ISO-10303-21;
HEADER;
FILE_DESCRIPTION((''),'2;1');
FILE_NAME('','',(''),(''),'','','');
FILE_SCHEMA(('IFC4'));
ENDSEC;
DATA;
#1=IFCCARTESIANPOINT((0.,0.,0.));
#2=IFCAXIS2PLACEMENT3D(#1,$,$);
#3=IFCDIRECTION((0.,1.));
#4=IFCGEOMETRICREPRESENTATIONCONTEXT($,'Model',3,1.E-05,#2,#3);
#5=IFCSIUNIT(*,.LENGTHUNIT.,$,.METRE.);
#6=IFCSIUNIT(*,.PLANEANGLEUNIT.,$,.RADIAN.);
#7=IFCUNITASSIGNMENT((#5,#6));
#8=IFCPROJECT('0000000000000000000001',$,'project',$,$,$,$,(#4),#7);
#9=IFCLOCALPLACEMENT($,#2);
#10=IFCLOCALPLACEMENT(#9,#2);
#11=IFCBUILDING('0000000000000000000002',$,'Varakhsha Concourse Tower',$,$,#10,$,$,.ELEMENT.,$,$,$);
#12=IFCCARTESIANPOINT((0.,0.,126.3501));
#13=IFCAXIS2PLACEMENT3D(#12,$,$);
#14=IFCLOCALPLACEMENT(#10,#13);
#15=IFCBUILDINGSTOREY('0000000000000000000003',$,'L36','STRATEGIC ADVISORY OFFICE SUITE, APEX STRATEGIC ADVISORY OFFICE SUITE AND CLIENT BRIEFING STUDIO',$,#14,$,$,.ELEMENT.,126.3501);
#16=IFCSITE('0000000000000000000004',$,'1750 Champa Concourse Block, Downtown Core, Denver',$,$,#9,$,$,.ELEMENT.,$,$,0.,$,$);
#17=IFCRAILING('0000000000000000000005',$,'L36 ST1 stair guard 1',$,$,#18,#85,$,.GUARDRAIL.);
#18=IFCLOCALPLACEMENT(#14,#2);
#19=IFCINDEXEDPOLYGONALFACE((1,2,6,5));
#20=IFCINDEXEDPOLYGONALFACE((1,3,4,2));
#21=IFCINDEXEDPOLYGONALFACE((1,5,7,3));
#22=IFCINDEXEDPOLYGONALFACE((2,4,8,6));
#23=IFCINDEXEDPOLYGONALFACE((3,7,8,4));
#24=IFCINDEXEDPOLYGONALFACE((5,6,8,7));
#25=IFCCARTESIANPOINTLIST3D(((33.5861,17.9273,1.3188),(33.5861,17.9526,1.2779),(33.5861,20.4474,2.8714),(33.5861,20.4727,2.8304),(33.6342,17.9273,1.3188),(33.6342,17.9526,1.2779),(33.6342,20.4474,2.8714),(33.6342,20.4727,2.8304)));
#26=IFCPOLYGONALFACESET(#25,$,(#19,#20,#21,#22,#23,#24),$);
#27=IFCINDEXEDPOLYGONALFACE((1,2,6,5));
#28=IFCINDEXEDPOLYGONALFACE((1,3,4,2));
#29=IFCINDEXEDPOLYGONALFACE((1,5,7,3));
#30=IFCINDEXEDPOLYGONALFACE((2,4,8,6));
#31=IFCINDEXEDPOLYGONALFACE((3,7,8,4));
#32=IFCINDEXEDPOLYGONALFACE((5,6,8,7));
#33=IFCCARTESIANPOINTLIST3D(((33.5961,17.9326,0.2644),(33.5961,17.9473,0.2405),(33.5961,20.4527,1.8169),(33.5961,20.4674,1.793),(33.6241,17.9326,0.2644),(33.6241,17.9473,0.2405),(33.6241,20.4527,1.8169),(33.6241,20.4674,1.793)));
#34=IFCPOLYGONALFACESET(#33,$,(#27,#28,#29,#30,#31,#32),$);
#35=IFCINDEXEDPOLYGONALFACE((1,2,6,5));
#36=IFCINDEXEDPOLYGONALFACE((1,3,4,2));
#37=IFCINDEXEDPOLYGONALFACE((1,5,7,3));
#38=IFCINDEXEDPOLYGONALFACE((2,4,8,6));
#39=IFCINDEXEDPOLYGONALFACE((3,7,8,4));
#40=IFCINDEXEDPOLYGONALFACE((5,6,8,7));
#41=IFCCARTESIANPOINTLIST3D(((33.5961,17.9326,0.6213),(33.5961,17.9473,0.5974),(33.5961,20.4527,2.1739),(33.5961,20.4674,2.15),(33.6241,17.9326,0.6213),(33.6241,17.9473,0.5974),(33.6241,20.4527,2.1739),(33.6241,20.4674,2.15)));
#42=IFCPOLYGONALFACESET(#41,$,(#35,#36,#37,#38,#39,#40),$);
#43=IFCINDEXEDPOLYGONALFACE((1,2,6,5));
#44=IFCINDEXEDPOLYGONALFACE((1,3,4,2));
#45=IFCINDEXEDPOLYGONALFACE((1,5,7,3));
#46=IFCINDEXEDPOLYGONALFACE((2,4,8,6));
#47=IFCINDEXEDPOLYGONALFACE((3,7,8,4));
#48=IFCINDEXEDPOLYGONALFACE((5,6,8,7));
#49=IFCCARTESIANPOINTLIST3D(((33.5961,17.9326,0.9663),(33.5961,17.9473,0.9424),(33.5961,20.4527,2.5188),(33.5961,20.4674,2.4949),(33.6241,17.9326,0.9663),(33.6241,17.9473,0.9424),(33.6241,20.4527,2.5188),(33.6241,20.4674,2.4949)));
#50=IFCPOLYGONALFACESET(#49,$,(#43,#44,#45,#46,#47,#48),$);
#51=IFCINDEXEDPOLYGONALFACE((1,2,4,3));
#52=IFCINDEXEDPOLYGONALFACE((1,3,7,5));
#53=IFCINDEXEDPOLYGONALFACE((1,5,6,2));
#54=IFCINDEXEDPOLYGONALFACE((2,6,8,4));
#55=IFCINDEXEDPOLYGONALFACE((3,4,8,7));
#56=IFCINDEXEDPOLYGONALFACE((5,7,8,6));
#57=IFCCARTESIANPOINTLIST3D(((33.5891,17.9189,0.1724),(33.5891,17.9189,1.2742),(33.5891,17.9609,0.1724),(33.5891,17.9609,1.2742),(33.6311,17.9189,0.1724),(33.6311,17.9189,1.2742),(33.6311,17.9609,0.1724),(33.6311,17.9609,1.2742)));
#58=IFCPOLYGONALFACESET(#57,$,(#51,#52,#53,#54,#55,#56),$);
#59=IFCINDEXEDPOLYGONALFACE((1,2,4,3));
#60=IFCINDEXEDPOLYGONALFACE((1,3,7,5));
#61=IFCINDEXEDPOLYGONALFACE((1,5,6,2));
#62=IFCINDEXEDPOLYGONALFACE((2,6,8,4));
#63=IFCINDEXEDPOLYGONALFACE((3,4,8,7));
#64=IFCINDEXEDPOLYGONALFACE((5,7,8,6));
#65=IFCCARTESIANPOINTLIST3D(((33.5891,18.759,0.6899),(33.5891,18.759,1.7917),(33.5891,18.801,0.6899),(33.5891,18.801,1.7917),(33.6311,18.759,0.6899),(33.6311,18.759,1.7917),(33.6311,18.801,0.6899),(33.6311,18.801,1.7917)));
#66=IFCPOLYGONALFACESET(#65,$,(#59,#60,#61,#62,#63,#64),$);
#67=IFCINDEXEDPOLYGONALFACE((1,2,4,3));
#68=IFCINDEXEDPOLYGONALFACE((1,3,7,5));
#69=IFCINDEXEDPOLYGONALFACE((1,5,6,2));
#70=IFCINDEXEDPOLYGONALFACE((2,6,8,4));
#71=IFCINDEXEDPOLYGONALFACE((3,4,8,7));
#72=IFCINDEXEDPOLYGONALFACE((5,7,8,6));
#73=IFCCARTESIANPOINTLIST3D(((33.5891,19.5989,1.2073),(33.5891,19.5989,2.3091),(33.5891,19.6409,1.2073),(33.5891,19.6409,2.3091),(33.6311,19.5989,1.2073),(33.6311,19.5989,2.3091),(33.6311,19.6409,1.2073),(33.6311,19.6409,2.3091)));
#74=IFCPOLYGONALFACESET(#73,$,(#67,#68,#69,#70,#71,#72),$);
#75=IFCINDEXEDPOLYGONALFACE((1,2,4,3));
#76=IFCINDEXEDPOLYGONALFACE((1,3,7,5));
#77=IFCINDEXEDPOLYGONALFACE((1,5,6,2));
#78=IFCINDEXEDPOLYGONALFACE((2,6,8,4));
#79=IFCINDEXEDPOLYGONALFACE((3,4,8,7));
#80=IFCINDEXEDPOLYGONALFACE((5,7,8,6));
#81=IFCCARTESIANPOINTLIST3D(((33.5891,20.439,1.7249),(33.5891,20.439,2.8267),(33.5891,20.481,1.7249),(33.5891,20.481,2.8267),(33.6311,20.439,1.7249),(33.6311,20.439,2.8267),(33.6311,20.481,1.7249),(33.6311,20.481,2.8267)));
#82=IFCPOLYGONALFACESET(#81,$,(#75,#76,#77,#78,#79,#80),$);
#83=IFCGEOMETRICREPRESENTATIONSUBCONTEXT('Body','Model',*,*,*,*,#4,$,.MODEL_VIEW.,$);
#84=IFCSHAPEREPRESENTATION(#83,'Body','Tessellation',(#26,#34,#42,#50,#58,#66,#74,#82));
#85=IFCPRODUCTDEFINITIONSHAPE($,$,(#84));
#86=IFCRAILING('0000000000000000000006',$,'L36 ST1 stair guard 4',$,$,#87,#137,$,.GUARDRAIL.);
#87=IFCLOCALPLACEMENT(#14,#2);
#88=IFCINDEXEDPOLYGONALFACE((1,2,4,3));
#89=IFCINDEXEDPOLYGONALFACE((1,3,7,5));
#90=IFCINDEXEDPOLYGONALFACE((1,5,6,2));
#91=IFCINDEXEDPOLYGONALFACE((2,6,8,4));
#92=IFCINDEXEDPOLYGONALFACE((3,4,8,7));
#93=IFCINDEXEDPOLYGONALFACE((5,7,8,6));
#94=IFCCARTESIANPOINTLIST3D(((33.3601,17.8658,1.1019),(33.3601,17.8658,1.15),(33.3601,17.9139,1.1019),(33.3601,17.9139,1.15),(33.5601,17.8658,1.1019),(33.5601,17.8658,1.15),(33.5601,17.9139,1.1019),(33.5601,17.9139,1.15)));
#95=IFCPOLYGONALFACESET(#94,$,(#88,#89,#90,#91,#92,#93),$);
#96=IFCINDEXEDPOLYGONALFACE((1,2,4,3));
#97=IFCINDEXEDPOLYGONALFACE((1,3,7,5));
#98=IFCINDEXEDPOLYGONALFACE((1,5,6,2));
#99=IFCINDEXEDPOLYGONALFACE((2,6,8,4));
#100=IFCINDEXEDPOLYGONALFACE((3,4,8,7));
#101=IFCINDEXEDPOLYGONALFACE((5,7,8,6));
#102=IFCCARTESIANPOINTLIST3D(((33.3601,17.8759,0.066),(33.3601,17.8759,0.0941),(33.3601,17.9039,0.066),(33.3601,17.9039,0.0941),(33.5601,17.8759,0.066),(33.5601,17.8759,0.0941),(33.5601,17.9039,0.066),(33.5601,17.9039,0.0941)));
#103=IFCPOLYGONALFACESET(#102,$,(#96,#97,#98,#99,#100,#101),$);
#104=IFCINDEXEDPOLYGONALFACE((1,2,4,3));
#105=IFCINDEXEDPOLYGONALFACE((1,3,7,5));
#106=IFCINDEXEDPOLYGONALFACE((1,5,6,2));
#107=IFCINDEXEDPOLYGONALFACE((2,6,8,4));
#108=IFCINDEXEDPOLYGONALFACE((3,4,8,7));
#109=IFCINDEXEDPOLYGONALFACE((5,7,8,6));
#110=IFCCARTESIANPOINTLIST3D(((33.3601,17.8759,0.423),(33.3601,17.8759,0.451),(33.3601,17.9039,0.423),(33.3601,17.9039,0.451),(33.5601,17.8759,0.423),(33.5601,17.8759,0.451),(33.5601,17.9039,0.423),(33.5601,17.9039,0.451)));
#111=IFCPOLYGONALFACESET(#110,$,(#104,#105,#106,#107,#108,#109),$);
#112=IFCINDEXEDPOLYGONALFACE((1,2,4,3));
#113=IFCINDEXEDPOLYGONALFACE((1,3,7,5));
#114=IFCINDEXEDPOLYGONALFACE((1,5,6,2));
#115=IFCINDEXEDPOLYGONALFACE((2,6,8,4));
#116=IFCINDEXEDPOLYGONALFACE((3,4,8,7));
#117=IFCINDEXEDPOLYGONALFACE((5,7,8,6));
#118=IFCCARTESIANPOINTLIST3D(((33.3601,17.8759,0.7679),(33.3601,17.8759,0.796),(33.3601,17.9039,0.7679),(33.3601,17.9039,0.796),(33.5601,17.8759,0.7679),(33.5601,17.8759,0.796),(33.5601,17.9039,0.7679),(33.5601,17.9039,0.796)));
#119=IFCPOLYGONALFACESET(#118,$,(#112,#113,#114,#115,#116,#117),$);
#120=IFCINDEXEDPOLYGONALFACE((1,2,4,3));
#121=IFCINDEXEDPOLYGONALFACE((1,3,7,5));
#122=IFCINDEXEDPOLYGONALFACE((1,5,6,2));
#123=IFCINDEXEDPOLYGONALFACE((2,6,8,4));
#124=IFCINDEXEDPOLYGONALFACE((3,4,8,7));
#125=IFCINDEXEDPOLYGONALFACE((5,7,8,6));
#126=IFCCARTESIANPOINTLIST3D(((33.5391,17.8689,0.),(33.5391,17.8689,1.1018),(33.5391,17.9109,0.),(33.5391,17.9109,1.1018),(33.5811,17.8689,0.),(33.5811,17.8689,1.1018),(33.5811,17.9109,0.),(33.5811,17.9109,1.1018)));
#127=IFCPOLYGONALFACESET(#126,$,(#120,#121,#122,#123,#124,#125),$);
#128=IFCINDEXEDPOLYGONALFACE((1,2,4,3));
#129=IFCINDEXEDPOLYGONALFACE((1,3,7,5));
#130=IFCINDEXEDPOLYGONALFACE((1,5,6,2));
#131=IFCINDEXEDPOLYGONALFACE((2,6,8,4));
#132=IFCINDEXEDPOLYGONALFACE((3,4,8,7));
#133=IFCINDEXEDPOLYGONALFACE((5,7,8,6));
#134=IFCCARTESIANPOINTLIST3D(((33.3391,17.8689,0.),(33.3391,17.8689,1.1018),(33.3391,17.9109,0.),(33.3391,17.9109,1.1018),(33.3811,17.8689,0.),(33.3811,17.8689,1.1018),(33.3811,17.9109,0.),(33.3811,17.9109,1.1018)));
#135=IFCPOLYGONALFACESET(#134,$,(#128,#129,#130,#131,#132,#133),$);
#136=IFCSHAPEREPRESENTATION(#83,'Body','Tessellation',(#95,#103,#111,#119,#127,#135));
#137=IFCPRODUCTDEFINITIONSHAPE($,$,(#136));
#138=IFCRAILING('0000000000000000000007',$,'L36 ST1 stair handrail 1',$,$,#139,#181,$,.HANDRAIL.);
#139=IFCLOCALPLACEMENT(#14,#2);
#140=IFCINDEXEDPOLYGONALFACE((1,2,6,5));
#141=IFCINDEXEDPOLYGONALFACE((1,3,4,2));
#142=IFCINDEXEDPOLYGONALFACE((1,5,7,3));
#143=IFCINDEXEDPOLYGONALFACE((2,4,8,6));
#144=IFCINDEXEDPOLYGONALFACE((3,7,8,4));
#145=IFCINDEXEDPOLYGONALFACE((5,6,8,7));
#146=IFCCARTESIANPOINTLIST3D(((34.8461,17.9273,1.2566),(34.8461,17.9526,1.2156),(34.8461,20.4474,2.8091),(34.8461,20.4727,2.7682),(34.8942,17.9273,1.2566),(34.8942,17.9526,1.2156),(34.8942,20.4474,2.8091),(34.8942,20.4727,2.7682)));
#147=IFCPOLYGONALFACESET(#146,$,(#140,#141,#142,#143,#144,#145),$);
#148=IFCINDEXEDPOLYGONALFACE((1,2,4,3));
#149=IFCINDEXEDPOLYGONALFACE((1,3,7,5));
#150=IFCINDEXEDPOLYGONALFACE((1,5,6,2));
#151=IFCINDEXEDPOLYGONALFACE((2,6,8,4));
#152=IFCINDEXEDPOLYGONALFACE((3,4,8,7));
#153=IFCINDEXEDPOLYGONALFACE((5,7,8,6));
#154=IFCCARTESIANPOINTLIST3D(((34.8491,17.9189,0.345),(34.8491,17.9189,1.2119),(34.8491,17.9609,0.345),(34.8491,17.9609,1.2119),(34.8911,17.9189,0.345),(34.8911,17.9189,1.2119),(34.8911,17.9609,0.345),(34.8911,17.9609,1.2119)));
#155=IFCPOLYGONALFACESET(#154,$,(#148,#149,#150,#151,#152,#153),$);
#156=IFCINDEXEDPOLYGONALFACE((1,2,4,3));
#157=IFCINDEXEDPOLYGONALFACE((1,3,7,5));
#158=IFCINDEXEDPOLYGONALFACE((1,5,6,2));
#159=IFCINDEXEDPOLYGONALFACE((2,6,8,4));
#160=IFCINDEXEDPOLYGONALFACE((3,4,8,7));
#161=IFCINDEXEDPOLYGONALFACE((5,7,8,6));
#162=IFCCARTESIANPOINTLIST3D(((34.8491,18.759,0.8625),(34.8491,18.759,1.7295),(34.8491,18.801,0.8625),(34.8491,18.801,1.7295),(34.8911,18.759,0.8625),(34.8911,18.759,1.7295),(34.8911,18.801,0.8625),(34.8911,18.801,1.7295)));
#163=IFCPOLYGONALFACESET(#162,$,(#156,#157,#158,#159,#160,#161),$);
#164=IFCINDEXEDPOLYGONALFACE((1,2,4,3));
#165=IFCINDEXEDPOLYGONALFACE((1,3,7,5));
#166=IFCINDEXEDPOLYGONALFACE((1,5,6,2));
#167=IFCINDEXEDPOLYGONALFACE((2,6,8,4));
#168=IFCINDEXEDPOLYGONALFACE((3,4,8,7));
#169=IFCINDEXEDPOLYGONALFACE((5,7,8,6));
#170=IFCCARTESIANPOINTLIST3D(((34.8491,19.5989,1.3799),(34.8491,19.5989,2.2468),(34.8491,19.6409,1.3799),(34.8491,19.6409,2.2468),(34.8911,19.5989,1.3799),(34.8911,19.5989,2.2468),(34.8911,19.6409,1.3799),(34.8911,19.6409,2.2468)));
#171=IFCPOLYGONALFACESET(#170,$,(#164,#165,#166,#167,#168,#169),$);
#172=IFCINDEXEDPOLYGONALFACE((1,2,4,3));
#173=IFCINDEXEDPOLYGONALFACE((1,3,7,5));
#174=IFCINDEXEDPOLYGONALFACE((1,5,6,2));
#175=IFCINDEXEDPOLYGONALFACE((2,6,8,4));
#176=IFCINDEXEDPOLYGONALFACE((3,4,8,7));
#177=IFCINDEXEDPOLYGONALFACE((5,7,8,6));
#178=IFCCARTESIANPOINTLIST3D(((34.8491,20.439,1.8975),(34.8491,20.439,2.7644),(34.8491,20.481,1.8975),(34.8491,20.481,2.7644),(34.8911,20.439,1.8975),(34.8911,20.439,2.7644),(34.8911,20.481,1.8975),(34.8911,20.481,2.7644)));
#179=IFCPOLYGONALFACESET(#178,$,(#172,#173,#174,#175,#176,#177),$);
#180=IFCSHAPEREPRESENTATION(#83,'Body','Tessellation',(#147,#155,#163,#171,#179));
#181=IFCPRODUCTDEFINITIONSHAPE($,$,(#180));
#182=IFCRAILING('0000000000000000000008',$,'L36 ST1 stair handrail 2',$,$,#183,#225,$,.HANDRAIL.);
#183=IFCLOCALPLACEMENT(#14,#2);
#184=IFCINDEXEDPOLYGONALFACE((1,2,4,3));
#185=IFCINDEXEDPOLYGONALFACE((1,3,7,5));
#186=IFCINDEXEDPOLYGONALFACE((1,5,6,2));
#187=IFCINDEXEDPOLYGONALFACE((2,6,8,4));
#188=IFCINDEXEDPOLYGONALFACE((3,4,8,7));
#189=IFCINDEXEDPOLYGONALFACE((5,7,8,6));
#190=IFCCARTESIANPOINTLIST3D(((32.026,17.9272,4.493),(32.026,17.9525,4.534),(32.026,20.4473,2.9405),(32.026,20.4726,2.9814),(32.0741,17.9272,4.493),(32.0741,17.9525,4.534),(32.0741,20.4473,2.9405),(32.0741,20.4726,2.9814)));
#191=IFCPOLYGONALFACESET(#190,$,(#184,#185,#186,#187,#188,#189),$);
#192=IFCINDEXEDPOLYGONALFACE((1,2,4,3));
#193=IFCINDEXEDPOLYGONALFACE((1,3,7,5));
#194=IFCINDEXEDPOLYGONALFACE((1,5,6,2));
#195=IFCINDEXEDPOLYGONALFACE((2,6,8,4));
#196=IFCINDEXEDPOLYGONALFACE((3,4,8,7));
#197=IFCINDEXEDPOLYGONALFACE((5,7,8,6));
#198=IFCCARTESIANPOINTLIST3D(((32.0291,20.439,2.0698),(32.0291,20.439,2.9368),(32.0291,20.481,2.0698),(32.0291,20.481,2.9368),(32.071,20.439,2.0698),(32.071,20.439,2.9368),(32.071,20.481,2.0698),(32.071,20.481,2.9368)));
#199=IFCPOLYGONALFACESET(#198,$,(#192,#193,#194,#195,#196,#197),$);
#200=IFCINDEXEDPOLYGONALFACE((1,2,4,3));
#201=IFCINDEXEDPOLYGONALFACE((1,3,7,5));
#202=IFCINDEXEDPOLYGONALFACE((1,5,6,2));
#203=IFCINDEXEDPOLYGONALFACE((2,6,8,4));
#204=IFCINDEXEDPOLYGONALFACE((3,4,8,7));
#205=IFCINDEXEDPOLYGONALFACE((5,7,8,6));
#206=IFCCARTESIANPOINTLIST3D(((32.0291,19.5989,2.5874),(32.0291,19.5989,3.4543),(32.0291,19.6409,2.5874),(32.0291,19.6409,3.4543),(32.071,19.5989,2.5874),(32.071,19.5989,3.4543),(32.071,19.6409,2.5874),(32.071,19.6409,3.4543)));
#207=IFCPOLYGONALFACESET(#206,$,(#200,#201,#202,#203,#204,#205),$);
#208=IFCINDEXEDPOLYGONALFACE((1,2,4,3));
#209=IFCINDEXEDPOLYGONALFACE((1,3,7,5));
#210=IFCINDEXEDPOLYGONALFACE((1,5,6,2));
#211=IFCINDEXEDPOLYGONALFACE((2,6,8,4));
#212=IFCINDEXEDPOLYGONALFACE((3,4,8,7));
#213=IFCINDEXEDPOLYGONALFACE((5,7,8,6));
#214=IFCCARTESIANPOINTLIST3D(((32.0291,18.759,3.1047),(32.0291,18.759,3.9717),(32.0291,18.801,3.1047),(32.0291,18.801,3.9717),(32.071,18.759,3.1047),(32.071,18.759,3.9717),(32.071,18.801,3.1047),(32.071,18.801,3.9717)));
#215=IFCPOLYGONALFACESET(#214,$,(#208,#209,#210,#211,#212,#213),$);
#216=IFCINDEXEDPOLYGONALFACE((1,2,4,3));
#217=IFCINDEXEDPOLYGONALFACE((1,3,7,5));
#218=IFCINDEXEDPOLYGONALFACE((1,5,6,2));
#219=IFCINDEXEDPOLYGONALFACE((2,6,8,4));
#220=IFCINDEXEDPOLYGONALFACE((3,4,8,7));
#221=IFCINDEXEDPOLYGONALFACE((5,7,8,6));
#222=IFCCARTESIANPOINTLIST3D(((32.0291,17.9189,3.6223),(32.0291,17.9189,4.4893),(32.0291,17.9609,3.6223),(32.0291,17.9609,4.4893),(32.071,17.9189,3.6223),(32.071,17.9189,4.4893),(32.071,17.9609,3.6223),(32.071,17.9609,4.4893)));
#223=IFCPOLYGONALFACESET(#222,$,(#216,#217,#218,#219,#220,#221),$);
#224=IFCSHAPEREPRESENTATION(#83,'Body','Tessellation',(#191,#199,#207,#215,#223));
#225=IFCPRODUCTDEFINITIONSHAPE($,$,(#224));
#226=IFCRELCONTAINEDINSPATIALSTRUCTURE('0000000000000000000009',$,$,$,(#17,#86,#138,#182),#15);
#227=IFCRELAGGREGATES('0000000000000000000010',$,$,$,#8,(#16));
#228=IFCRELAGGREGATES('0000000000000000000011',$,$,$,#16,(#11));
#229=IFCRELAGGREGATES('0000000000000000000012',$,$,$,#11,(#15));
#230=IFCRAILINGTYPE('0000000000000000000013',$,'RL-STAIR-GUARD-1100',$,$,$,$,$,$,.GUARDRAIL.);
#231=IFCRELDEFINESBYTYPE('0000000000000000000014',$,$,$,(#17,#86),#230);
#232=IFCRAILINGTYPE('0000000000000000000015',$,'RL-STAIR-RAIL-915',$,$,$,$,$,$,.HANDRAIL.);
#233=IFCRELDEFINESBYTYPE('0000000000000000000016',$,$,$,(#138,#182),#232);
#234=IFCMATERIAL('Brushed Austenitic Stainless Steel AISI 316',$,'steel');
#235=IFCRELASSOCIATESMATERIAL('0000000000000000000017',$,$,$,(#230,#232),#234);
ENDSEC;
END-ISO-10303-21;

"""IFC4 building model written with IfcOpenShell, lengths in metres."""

from ifc_helpers import new_model, si_unit, direction, frame, origin, origin_2d, place, context, subcontext, project, spatial, rectangle, extrude, material, type_object, element, save


model = new_model("IFC4")

# Units and contexts
model_context = context("Model", 3, precision=1e-05, world=origin(), true_north=direction((0.0, 1.0)))
body_context = subcontext(model_context, "Body", "Model", "MODEL_VIEW")
ifc_project = project(units=[si_unit("LENGTHUNIT", "METRE"), si_unit("PLANEANGLEUNIT", "RADIAN")], contexts=[model_context])

# Site, building, storey
site_placement = place(None, origin())
site = spatial("IfcSite", under=ifc_project, at=site_placement, Name="1750 Champa Concourse Block, Downtown Core, Denver", CompositionType="ELEMENT", RefElevation=0.0)
building_placement = place(site_placement, origin())
building = spatial("IfcBuilding", under=site, at=building_placement, Name="Varakhsha Concourse Tower", CompositionType="ELEMENT")
storey_placement = place(building_placement, frame((0.0, 0.0, 126.3501)))
storey = spatial("IfcBuildingStorey", under=building, at=storey_placement, Name="L36", Description="STRATEGIC ADVISORY OFFICE SUITE, APEX STRATEGIC ADVISORY OFFICE SUITE AND CLIENT BRIEFING STUDIO", CompositionType="ELEMENT", Elevation=126.3501)

# Railings
ifc_material_1 = material(Name="Brushed Austenitic Stainless Steel AISI 316", Category="steel")
railing_type_1 = type_object("IfcRailingType", Name="RL-STAIR-GUARD-1100", PredefinedType="GUARDRAIL", material=ifc_material_1)
railing_1_placement = place(storey_placement, frame((33.6101, 17.9399, 0.1724)))
element("IfcRailing", 1, at=railing_1_placement, inside=storey, type_object=railing_type_1, Name="L36 ST1 stair guard 1", PredefinedType="GUARDRAIL", context=body_context, shape_type="SweptSolid", body=[
    extrude(rectangle(XDim=0.0481, YDim=0.0481, at=origin_2d()), frame((0.0, 0.0, 1.126), z_axis=(0.0, 0.8514, 0.524516), x_axis=(-1.0, 0.0, 0.0)), (0.0, 0.0, 1.0), 2.96),
    extrude(rectangle(XDim=0.0281, YDim=0.0281, at=origin_2d()), frame((0.0, 0.0, 0.0801), z_axis=(0.0, 0.8514, 0.524516), x_axis=(-1.0, 0.0, 0.0)), (0.0, 0.0, 1.0), 2.96),
    extrude(rectangle(XDim=0.0281, YDim=0.0281, at=origin_2d()), frame((0.0, 0.0, 0.437), z_axis=(0.0, 0.8514, 0.524516), x_axis=(-1.0, 0.0, 0.0)), (0.0, 0.0, 1.0), 2.96),
    extrude(rectangle(XDim=0.0281, YDim=0.0281, at=origin_2d()), frame((0.0, 0.0, 0.782), z_axis=(0.0, 0.8514, 0.524516), x_axis=(-1.0, 0.0, 0.0)), (0.0, 0.0, 1.0), 2.96),
    extrude(rectangle(XDim=0.042, YDim=0.042, at=origin_2d()), origin(), (0.0, 0.0, 1.0), 1.1018),
    extrude(rectangle(XDim=0.042, YDim=0.042, at=origin_2d()), frame((0.0, 0.8401, 0.5176)), (0.0, 0.0, 1.0), 1.1018),
    extrude(rectangle(XDim=0.042, YDim=0.042, at=origin_2d()), frame((0.0, 1.6799, 1.0349)), (0.0, 0.0, 1.0), 1.1018),
    extrude(rectangle(XDim=0.042, YDim=0.042, at=origin_2d()), frame((0.0, 2.52, 1.5525)), (0.0, 0.0, 1.0), 1.1018),
])
railing_2_placement = place(storey_placement, frame((33.5601, 17.8899, 0.0)))
element("IfcRailing", 2, at=railing_2_placement, inside=storey, type_object=railing_type_1, Name="L36 ST1 stair guard 4", PredefinedType="GUARDRAIL", context=body_context, shape_type="SweptSolid", body=[
    extrude(rectangle(XDim=0.0481, YDim=0.0481, at=origin_2d()), frame((0.0, 0.0, 1.126), z_axis=(-1.0, 0.0, 0.0), x_axis=(0.0, -1.0, 0.0)), (0.0, 0.0, 1.0), 0.2),
    extrude(rectangle(XDim=0.0281, YDim=0.0281, at=origin_2d()), frame((0.0, 0.0, 0.0801), z_axis=(-1.0, 0.0, 0.0), x_axis=(0.0, -1.0, 0.0)), (0.0, 0.0, 1.0), 0.2),
    extrude(rectangle(XDim=0.0281, YDim=0.0281, at=origin_2d()), frame((0.0, 0.0, 0.437), z_axis=(-1.0, 0.0, 0.0), x_axis=(0.0, -1.0, 0.0)), (0.0, 0.0, 1.0), 0.2),
    extrude(rectangle(XDim=0.0281, YDim=0.0281, at=origin_2d()), frame((0.0, 0.0, 0.782), z_axis=(-1.0, 0.0, 0.0), x_axis=(0.0, -1.0, 0.0)), (0.0, 0.0, 1.0), 0.2),
    extrude(rectangle(XDim=0.042, YDim=0.042, at=origin_2d()), origin(), (0.0, 0.0, 1.0), 1.1018),
    extrude(rectangle(XDim=0.042, YDim=0.042, at=origin_2d()), frame((-0.2, 0.0, 0.0)), (0.0, 0.0, 1.0), 1.1018),
])
railing_type_2 = type_object("IfcRailingType", Name="RL-STAIR-RAIL-915", PredefinedType="HANDRAIL", material=ifc_material_1)
railing_3_placement = place(storey_placement, frame((34.8701, 17.9399, 0.345)))
element("IfcRailing", 3, at=railing_3_placement, inside=storey, type_object=railing_type_2, Name="L36 ST1 stair handrail 1", PredefinedType="HANDRAIL", context=body_context, shape_type="SweptSolid", body=[
    extrude(rectangle(XDim=0.0481, YDim=0.0481, at=origin_2d()), frame((0.0, 0.0, 0.8911), z_axis=(0.0, 0.8514, 0.524516), x_axis=(-1.0, 0.0, 0.0)), (0.0, 0.0, 1.0), 2.96),
    extrude(rectangle(XDim=0.042, YDim=0.042, at=origin_2d()), origin(), (0.0, 0.0, 1.0), 0.8669),
    extrude(rectangle(XDim=0.042, YDim=0.042, at=origin_2d()), frame((0.0, 0.8401, 0.5176)), (0.0, 0.0, 1.0), 0.8669),
    extrude(rectangle(XDim=0.042, YDim=0.042, at=origin_2d()), frame((0.0, 1.6799, 1.0349)), (0.0, 0.0, 1.0), 0.8669),
    extrude(rectangle(XDim=0.042, YDim=0.042, at=origin_2d()), frame((0.0, 2.52, 1.5525)), (0.0, 0.0, 1.0), 0.8669),
])
railing_4_placement = place(storey_placement, frame((32.05, 20.46, 2.0698)))
element("IfcRailing", 4, at=railing_4_placement, inside=storey, type_object=railing_type_2, Name="L36 ST1 stair handrail 2", PredefinedType="HANDRAIL", context=body_context, shape_type="SweptSolid", body=[
    extrude(rectangle(XDim=0.0481, YDim=0.0481, at=origin_2d()), frame((0.0, 0.0, 0.8911), z_axis=(0.0, -0.8514, 0.524516), x_axis=(1.0, 0.0, 0.0)), (0.0, 0.0, 1.0), 2.96),
    extrude(rectangle(XDim=0.042, YDim=0.042, at=origin_2d()), origin(), (0.0, 0.0, 1.0), 0.8669),
    extrude(rectangle(XDim=0.042, YDim=0.042, at=origin_2d()), frame((0.0, -0.8401, 0.5176)), (0.0, 0.0, 1.0), 0.8669),
    extrude(rectangle(XDim=0.042, YDim=0.042, at=origin_2d()), frame((0.0, -1.6799, 1.0349)), (0.0, 0.0, 1.0), 0.8669),
    extrude(rectangle(XDim=0.042, YDim=0.042, at=origin_2d()), frame((0.0, -2.52, 1.5525)), (0.0, 0.0, 1.0), 0.8669),
])

save(model, "model.ifc")
